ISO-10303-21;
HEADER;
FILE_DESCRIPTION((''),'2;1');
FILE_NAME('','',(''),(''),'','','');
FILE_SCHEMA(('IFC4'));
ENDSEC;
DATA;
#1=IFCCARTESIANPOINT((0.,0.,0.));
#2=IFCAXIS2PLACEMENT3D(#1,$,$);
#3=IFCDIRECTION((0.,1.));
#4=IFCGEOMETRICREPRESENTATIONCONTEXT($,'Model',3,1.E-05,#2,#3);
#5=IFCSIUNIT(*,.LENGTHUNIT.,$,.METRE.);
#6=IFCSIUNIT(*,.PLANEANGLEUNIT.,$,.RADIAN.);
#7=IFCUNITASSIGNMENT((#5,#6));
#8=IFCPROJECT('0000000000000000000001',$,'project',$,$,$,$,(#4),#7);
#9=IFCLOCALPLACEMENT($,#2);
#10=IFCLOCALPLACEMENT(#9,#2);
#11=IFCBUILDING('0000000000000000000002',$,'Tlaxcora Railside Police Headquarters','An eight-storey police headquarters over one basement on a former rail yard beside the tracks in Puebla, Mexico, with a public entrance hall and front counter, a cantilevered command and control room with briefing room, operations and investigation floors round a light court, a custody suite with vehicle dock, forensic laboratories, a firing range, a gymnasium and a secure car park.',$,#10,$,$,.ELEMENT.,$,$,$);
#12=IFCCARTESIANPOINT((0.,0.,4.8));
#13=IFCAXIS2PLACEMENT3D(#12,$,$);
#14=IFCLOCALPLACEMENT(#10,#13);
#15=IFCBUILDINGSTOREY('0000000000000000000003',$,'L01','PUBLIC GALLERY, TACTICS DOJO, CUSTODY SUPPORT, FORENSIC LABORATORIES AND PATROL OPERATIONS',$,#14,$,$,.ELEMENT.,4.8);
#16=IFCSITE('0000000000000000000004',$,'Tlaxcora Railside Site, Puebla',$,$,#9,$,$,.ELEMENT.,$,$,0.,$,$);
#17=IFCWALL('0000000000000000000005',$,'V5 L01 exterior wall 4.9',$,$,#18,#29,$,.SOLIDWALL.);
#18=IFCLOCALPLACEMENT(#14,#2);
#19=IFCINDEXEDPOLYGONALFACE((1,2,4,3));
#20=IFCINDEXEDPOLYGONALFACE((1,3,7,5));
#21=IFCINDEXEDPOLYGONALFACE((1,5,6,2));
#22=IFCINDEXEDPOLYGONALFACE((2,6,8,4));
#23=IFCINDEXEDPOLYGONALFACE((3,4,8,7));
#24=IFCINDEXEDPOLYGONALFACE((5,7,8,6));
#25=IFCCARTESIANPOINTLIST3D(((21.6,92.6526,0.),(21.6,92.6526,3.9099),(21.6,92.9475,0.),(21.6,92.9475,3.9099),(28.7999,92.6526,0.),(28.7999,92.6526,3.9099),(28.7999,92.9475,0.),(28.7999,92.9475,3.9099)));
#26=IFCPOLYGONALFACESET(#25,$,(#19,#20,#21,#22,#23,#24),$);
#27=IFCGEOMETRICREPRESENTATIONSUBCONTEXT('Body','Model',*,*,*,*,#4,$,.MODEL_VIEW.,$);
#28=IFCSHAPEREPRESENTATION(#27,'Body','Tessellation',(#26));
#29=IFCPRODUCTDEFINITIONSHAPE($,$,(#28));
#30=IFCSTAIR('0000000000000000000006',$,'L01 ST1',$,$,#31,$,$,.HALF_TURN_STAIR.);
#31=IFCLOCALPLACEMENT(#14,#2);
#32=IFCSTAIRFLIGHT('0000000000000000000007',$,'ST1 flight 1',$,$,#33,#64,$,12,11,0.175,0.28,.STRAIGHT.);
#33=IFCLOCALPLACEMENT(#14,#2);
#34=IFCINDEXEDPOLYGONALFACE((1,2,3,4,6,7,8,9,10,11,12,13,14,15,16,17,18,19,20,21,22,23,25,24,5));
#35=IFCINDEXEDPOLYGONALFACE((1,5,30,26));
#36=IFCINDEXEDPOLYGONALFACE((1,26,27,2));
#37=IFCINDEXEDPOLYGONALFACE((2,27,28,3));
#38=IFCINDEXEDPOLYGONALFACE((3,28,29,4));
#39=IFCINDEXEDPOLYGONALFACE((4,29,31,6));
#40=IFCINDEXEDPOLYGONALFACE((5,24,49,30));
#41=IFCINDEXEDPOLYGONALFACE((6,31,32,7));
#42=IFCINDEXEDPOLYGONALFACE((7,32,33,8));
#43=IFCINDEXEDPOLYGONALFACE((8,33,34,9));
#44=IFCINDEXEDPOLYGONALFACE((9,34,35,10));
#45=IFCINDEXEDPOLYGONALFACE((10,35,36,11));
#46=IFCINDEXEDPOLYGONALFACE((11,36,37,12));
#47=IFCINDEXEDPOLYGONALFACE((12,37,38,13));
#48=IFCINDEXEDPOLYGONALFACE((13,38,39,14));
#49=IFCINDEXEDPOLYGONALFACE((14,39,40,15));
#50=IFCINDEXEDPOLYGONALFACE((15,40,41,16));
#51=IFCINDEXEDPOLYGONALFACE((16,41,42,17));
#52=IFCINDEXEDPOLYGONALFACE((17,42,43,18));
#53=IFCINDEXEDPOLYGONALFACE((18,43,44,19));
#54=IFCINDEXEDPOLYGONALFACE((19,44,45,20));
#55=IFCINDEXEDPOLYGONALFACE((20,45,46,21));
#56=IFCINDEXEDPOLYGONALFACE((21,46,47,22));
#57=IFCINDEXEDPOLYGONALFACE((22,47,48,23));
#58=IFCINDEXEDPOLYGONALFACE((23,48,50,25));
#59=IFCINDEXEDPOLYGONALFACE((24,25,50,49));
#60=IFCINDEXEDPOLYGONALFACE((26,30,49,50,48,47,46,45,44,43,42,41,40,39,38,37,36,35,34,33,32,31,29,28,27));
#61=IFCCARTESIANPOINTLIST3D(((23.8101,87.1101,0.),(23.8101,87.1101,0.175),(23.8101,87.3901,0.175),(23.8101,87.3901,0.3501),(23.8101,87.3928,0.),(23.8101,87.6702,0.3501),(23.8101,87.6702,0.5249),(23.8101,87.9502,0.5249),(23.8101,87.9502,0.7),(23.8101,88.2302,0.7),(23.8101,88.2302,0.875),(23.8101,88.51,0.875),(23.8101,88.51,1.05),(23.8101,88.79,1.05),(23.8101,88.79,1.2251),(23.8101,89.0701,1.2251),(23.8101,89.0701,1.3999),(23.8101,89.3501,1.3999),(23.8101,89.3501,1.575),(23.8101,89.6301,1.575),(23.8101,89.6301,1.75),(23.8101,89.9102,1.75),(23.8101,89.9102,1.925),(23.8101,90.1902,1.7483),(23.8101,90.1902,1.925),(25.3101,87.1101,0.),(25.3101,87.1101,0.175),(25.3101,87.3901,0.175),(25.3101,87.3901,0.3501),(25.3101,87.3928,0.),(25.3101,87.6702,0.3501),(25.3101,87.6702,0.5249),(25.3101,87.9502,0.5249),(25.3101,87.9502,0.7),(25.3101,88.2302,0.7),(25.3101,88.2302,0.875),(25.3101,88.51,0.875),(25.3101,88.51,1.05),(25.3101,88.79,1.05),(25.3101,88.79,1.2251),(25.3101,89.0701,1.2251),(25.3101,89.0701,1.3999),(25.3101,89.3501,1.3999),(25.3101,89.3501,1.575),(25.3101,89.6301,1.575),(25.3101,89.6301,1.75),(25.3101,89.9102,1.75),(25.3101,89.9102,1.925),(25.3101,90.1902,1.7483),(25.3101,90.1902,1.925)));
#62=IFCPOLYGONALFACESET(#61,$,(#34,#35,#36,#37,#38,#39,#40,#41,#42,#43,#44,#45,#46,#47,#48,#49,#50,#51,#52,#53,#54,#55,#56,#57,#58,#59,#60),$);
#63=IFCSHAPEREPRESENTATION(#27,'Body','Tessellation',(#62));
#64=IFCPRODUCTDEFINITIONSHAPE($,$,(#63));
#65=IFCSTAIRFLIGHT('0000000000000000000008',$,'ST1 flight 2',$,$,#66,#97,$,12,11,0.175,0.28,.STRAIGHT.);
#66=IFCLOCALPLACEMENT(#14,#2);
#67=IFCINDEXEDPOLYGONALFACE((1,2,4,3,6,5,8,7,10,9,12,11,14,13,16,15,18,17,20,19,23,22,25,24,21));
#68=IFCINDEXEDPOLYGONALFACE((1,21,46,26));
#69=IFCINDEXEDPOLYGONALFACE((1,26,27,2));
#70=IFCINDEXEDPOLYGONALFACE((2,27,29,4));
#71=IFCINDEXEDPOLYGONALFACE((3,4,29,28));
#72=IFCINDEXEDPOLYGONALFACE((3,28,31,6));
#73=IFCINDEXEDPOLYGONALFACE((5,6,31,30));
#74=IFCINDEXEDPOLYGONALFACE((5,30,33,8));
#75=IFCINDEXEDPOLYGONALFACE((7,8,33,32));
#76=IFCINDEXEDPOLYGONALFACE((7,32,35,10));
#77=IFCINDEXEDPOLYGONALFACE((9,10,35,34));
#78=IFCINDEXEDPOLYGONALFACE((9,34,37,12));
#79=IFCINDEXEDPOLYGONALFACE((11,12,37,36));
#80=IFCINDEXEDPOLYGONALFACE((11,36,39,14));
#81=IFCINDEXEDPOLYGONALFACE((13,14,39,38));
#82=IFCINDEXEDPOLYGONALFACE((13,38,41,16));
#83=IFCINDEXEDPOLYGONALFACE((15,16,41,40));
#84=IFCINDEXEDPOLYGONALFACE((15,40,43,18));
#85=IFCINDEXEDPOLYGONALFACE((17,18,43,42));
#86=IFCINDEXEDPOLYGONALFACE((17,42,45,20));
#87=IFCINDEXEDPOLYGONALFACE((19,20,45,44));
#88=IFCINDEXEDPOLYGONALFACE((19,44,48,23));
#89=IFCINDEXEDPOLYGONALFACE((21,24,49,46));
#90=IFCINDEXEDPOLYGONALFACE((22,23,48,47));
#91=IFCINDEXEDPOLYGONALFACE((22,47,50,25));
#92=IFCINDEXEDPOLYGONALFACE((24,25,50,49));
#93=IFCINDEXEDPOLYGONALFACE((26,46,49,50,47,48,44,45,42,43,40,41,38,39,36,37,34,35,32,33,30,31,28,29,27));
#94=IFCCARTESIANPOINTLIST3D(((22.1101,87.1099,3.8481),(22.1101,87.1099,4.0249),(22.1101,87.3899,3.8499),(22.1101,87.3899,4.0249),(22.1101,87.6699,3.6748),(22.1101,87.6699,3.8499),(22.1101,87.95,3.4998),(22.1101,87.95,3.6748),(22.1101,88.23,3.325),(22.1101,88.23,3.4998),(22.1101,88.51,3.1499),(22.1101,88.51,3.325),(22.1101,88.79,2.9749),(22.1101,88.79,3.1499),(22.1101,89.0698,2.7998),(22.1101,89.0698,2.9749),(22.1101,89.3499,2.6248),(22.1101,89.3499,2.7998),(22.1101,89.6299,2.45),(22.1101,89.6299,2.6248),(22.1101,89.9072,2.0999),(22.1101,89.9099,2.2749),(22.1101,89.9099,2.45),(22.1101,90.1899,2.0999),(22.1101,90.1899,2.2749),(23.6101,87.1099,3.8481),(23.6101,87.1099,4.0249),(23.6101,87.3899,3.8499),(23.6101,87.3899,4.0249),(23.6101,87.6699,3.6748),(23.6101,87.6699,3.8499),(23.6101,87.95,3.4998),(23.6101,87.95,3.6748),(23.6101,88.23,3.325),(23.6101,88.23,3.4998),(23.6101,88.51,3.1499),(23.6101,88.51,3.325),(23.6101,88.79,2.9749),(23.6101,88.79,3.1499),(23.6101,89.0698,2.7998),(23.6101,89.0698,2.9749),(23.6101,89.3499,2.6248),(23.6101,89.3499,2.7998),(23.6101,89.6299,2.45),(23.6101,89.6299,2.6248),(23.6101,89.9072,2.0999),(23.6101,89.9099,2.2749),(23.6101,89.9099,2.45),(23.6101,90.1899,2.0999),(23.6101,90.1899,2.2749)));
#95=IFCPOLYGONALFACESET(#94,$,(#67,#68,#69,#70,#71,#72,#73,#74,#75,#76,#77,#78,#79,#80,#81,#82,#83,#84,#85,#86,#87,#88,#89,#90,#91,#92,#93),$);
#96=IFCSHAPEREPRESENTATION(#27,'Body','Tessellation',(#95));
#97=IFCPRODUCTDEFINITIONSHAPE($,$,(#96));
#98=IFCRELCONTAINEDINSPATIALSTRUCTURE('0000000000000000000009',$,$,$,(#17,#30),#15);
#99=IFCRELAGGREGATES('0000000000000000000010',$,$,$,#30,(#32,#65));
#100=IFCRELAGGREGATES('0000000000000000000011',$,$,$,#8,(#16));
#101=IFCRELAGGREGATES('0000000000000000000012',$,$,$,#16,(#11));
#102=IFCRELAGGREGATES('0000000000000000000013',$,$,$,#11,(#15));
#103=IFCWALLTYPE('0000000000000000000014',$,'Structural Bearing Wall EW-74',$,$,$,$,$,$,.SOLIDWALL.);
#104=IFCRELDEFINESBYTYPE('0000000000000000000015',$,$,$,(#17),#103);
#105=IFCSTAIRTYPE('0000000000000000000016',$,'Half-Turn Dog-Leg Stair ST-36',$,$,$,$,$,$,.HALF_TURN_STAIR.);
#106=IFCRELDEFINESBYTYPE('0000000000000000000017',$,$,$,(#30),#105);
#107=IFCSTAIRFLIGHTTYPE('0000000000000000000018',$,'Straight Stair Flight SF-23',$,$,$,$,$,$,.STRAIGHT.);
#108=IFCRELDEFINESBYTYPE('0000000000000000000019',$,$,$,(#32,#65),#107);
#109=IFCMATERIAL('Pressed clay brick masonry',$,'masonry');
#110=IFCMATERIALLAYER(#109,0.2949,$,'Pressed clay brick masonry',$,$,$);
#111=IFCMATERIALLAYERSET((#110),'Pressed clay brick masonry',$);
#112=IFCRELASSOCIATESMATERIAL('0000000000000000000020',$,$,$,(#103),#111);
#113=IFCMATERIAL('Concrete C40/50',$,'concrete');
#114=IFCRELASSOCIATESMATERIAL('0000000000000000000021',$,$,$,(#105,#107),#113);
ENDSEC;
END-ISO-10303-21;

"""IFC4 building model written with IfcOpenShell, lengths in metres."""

from ifc_helpers import new_model, si_unit, direction, frame, frame_2d, origin, place, context, subcontext, project, spatial, polyline, rectangle, outline, extrude, material, layer, layer_set, type_object, element, aggregate, save


model = new_model("IFC4")

# Units and contexts
model_context = context("Model", 3, precision=1e-05, world=origin(), true_north=direction((0.0, 1.0)))
body_context = subcontext(model_context, "Body", "Model", "MODEL_VIEW")
ifc_project = project(units=[si_unit("LENGTHUNIT", "METRE"), si_unit("PLANEANGLEUNIT", "RADIAN")], contexts=[model_context])

# Site, building, storey
site_placement = place(None, origin())
site = spatial("IfcSite", under=ifc_project, at=site_placement, Name="Tlaxcora Railside Site, Puebla", CompositionType="ELEMENT", RefElevation=0.0)
building_placement = place(site_placement, origin())
building = spatial("IfcBuilding", under=site, at=building_placement, Name="Tlaxcora Railside Police Headquarters", Description="An eight-storey police headquarters over one basement on a former rail yard beside the tracks in Puebla, Mexico, with a public entrance hall and front counter, a cantilevered command and control room with briefing room, operations and investigation floors round a light court, a custody suite with vehicle dock, forensic laboratories, a firing range, a gymnasium and a secure car park.", CompositionType="ELEMENT")
storey_placement = place(building_placement, frame((0.0, 0.0, 4.8)))
storey = spatial("IfcBuildingStorey", under=building, at=storey_placement, Name="L01", Description="PUBLIC GALLERY, TACTICS DOJO, CUSTODY SUPPORT, FORENSIC LABORATORIES AND PATROL OPERATIONS", CompositionType="ELEMENT", Elevation=4.8)

# Shared definitions
ifc_material_1 = material(Name="Concrete C40/50", Category="concrete")

# Wall
ifc_material_2 = material(Name="Pressed clay brick masonry", Category="masonry")
ifc_layer_1 = layer(ifc_material_2, 0.2949, Name="Pressed clay brick masonry")
ifc_layer_set_1 = layer_set([ifc_layer_1], Name="Pressed clay brick masonry")
wall_type_1 = type_object("IfcWallType", Name="Structural Bearing Wall EW-74", PredefinedType="SOLIDWALL", material=ifc_layer_set_1)
wall_1_placement = place(storey_placement, frame((28.8, 92.8, 0.0), z_axis=(0.0, 0.0, 1.0), x_axis=(-1.0, 0.0, 0.0)))
element("IfcWall", 1, at=wall_1_placement, inside=storey, type_object=wall_type_1, Name="V5 L01 exterior wall 4.9", PredefinedType="SOLIDWALL", context=body_context, shape_type="SweptSolid", body=[
    extrude(rectangle(XDim=7.2, YDim=0.2949, at=frame_2d((3.6001, 0.0))), origin(), (0.0, 0.0, 1.0), 3.9099),
])

# Stair, stair flights
stair_type = type_object("IfcStairType", Name="Half-Turn Dog-Leg Stair ST-36", PredefinedType="HALF_TURN_STAIR", material=ifc_material_1)
stair_placement = place(storey_placement, origin())
stair = element("IfcStair", 2, at=stair_placement, inside=storey, type_object=stair_type, Name="L01 ST1", PredefinedType="HALF_TURN_STAIR")
stair_flight_type = type_object("IfcStairFlightType", Name="Straight Stair Flight SF-23", PredefinedType="STRAIGHT", material=ifc_material_1)
stair_flight_1_placement = place(storey_placement, frame((24.5601, 87.1101, 0.0), z_axis=(0.0, 0.0, 1.0), x_axis=(0.0, 1.0, 0.0)))
stair_flight_1 = element("IfcStairFlight", 3, at=stair_flight_1_placement, type_object=stair_flight_type, Name="ST1 flight 1", NumberOfRisers=12, NumberOfTreads=11, PredefinedType="STRAIGHT", RiserHeight=0.175, TreadLength=0.28, context=body_context, shape_type="SweptSolid", body=[
    extrude(outline(polyline([(0.0, 0.0), (0.0, 0.175), (0.28, 0.175), (0.28, 0.3501), (0.5601, 0.3501), (0.5601, 0.5249), (0.8401, 0.5249), (0.8401, 0.7), (1.1201, 0.7), (1.1201, 0.875), (1.3999, 0.875), (1.3999, 1.05), (1.6799, 1.05), (1.6799, 1.2251), (1.96, 1.2251), (1.96, 1.3999), (2.24, 1.3999), (2.24, 1.575), (2.52, 1.575), (2.52, 1.75), (2.8, 1.75), (2.8, 1.925), (3.0801, 1.925), (3.0801, 2.1001), (3.0801, 1.7483), (0.2827, 0.0), (0.0, 0.0)])), frame((0.0, 0.75, 0.0), z_axis=(0.0, -1.0, 0.0), x_axis=(1.0, 0.0, 0.0)), (0.0, 0.0, 1.0), 1.5),
])
stair_flight_2_placement = place(storey_placement, frame((22.8601, 90.1899, 2.0999), z_axis=(0.0, 0.0, 1.0), x_axis=(0.0, -1.0, 0.0)))
stair_flight_2 = element("IfcStairFlight", 4, at=stair_flight_2_placement, type_object=stair_flight_type, Name="ST1 flight 2", NumberOfRisers=12, NumberOfTreads=11, PredefinedType="STRAIGHT", RiserHeight=0.175, TreadLength=0.28, context=body_context, shape_type="SweptSolid", body=[
    extrude(outline(polyline([(0.0, 0.0), (0.0, 0.175), (0.28, 0.175), (0.28, 0.3501), (0.5601, 0.3501), (0.5601, 0.5249), (0.8401, 0.5249), (0.8401, 0.7), (1.1201, 0.7), (1.1201, 0.875), (1.3999, 0.875), (1.3999, 1.05), (1.6799, 1.05), (1.6799, 1.2251), (1.96, 1.2251), (1.96, 1.3999), (2.24, 1.3999), (2.24, 1.575), (2.52, 1.575), (2.52, 1.75), (2.8, 1.75), (2.8, 1.925), (3.0801, 1.925), (3.0801, 2.1001), (3.0801, 1.7483), (0.2827, 0.0), (0.0, 0.0)])), frame((0.0, 0.75, 0.0), z_axis=(0.0, -1.0, 0.0), x_axis=(1.0, 0.0, 0.0)), (0.0, 0.0, 1.0), 1.5),
])
aggregate(stair, [stair_flight_1, stair_flight_2])

save(model, "model.ifc")
